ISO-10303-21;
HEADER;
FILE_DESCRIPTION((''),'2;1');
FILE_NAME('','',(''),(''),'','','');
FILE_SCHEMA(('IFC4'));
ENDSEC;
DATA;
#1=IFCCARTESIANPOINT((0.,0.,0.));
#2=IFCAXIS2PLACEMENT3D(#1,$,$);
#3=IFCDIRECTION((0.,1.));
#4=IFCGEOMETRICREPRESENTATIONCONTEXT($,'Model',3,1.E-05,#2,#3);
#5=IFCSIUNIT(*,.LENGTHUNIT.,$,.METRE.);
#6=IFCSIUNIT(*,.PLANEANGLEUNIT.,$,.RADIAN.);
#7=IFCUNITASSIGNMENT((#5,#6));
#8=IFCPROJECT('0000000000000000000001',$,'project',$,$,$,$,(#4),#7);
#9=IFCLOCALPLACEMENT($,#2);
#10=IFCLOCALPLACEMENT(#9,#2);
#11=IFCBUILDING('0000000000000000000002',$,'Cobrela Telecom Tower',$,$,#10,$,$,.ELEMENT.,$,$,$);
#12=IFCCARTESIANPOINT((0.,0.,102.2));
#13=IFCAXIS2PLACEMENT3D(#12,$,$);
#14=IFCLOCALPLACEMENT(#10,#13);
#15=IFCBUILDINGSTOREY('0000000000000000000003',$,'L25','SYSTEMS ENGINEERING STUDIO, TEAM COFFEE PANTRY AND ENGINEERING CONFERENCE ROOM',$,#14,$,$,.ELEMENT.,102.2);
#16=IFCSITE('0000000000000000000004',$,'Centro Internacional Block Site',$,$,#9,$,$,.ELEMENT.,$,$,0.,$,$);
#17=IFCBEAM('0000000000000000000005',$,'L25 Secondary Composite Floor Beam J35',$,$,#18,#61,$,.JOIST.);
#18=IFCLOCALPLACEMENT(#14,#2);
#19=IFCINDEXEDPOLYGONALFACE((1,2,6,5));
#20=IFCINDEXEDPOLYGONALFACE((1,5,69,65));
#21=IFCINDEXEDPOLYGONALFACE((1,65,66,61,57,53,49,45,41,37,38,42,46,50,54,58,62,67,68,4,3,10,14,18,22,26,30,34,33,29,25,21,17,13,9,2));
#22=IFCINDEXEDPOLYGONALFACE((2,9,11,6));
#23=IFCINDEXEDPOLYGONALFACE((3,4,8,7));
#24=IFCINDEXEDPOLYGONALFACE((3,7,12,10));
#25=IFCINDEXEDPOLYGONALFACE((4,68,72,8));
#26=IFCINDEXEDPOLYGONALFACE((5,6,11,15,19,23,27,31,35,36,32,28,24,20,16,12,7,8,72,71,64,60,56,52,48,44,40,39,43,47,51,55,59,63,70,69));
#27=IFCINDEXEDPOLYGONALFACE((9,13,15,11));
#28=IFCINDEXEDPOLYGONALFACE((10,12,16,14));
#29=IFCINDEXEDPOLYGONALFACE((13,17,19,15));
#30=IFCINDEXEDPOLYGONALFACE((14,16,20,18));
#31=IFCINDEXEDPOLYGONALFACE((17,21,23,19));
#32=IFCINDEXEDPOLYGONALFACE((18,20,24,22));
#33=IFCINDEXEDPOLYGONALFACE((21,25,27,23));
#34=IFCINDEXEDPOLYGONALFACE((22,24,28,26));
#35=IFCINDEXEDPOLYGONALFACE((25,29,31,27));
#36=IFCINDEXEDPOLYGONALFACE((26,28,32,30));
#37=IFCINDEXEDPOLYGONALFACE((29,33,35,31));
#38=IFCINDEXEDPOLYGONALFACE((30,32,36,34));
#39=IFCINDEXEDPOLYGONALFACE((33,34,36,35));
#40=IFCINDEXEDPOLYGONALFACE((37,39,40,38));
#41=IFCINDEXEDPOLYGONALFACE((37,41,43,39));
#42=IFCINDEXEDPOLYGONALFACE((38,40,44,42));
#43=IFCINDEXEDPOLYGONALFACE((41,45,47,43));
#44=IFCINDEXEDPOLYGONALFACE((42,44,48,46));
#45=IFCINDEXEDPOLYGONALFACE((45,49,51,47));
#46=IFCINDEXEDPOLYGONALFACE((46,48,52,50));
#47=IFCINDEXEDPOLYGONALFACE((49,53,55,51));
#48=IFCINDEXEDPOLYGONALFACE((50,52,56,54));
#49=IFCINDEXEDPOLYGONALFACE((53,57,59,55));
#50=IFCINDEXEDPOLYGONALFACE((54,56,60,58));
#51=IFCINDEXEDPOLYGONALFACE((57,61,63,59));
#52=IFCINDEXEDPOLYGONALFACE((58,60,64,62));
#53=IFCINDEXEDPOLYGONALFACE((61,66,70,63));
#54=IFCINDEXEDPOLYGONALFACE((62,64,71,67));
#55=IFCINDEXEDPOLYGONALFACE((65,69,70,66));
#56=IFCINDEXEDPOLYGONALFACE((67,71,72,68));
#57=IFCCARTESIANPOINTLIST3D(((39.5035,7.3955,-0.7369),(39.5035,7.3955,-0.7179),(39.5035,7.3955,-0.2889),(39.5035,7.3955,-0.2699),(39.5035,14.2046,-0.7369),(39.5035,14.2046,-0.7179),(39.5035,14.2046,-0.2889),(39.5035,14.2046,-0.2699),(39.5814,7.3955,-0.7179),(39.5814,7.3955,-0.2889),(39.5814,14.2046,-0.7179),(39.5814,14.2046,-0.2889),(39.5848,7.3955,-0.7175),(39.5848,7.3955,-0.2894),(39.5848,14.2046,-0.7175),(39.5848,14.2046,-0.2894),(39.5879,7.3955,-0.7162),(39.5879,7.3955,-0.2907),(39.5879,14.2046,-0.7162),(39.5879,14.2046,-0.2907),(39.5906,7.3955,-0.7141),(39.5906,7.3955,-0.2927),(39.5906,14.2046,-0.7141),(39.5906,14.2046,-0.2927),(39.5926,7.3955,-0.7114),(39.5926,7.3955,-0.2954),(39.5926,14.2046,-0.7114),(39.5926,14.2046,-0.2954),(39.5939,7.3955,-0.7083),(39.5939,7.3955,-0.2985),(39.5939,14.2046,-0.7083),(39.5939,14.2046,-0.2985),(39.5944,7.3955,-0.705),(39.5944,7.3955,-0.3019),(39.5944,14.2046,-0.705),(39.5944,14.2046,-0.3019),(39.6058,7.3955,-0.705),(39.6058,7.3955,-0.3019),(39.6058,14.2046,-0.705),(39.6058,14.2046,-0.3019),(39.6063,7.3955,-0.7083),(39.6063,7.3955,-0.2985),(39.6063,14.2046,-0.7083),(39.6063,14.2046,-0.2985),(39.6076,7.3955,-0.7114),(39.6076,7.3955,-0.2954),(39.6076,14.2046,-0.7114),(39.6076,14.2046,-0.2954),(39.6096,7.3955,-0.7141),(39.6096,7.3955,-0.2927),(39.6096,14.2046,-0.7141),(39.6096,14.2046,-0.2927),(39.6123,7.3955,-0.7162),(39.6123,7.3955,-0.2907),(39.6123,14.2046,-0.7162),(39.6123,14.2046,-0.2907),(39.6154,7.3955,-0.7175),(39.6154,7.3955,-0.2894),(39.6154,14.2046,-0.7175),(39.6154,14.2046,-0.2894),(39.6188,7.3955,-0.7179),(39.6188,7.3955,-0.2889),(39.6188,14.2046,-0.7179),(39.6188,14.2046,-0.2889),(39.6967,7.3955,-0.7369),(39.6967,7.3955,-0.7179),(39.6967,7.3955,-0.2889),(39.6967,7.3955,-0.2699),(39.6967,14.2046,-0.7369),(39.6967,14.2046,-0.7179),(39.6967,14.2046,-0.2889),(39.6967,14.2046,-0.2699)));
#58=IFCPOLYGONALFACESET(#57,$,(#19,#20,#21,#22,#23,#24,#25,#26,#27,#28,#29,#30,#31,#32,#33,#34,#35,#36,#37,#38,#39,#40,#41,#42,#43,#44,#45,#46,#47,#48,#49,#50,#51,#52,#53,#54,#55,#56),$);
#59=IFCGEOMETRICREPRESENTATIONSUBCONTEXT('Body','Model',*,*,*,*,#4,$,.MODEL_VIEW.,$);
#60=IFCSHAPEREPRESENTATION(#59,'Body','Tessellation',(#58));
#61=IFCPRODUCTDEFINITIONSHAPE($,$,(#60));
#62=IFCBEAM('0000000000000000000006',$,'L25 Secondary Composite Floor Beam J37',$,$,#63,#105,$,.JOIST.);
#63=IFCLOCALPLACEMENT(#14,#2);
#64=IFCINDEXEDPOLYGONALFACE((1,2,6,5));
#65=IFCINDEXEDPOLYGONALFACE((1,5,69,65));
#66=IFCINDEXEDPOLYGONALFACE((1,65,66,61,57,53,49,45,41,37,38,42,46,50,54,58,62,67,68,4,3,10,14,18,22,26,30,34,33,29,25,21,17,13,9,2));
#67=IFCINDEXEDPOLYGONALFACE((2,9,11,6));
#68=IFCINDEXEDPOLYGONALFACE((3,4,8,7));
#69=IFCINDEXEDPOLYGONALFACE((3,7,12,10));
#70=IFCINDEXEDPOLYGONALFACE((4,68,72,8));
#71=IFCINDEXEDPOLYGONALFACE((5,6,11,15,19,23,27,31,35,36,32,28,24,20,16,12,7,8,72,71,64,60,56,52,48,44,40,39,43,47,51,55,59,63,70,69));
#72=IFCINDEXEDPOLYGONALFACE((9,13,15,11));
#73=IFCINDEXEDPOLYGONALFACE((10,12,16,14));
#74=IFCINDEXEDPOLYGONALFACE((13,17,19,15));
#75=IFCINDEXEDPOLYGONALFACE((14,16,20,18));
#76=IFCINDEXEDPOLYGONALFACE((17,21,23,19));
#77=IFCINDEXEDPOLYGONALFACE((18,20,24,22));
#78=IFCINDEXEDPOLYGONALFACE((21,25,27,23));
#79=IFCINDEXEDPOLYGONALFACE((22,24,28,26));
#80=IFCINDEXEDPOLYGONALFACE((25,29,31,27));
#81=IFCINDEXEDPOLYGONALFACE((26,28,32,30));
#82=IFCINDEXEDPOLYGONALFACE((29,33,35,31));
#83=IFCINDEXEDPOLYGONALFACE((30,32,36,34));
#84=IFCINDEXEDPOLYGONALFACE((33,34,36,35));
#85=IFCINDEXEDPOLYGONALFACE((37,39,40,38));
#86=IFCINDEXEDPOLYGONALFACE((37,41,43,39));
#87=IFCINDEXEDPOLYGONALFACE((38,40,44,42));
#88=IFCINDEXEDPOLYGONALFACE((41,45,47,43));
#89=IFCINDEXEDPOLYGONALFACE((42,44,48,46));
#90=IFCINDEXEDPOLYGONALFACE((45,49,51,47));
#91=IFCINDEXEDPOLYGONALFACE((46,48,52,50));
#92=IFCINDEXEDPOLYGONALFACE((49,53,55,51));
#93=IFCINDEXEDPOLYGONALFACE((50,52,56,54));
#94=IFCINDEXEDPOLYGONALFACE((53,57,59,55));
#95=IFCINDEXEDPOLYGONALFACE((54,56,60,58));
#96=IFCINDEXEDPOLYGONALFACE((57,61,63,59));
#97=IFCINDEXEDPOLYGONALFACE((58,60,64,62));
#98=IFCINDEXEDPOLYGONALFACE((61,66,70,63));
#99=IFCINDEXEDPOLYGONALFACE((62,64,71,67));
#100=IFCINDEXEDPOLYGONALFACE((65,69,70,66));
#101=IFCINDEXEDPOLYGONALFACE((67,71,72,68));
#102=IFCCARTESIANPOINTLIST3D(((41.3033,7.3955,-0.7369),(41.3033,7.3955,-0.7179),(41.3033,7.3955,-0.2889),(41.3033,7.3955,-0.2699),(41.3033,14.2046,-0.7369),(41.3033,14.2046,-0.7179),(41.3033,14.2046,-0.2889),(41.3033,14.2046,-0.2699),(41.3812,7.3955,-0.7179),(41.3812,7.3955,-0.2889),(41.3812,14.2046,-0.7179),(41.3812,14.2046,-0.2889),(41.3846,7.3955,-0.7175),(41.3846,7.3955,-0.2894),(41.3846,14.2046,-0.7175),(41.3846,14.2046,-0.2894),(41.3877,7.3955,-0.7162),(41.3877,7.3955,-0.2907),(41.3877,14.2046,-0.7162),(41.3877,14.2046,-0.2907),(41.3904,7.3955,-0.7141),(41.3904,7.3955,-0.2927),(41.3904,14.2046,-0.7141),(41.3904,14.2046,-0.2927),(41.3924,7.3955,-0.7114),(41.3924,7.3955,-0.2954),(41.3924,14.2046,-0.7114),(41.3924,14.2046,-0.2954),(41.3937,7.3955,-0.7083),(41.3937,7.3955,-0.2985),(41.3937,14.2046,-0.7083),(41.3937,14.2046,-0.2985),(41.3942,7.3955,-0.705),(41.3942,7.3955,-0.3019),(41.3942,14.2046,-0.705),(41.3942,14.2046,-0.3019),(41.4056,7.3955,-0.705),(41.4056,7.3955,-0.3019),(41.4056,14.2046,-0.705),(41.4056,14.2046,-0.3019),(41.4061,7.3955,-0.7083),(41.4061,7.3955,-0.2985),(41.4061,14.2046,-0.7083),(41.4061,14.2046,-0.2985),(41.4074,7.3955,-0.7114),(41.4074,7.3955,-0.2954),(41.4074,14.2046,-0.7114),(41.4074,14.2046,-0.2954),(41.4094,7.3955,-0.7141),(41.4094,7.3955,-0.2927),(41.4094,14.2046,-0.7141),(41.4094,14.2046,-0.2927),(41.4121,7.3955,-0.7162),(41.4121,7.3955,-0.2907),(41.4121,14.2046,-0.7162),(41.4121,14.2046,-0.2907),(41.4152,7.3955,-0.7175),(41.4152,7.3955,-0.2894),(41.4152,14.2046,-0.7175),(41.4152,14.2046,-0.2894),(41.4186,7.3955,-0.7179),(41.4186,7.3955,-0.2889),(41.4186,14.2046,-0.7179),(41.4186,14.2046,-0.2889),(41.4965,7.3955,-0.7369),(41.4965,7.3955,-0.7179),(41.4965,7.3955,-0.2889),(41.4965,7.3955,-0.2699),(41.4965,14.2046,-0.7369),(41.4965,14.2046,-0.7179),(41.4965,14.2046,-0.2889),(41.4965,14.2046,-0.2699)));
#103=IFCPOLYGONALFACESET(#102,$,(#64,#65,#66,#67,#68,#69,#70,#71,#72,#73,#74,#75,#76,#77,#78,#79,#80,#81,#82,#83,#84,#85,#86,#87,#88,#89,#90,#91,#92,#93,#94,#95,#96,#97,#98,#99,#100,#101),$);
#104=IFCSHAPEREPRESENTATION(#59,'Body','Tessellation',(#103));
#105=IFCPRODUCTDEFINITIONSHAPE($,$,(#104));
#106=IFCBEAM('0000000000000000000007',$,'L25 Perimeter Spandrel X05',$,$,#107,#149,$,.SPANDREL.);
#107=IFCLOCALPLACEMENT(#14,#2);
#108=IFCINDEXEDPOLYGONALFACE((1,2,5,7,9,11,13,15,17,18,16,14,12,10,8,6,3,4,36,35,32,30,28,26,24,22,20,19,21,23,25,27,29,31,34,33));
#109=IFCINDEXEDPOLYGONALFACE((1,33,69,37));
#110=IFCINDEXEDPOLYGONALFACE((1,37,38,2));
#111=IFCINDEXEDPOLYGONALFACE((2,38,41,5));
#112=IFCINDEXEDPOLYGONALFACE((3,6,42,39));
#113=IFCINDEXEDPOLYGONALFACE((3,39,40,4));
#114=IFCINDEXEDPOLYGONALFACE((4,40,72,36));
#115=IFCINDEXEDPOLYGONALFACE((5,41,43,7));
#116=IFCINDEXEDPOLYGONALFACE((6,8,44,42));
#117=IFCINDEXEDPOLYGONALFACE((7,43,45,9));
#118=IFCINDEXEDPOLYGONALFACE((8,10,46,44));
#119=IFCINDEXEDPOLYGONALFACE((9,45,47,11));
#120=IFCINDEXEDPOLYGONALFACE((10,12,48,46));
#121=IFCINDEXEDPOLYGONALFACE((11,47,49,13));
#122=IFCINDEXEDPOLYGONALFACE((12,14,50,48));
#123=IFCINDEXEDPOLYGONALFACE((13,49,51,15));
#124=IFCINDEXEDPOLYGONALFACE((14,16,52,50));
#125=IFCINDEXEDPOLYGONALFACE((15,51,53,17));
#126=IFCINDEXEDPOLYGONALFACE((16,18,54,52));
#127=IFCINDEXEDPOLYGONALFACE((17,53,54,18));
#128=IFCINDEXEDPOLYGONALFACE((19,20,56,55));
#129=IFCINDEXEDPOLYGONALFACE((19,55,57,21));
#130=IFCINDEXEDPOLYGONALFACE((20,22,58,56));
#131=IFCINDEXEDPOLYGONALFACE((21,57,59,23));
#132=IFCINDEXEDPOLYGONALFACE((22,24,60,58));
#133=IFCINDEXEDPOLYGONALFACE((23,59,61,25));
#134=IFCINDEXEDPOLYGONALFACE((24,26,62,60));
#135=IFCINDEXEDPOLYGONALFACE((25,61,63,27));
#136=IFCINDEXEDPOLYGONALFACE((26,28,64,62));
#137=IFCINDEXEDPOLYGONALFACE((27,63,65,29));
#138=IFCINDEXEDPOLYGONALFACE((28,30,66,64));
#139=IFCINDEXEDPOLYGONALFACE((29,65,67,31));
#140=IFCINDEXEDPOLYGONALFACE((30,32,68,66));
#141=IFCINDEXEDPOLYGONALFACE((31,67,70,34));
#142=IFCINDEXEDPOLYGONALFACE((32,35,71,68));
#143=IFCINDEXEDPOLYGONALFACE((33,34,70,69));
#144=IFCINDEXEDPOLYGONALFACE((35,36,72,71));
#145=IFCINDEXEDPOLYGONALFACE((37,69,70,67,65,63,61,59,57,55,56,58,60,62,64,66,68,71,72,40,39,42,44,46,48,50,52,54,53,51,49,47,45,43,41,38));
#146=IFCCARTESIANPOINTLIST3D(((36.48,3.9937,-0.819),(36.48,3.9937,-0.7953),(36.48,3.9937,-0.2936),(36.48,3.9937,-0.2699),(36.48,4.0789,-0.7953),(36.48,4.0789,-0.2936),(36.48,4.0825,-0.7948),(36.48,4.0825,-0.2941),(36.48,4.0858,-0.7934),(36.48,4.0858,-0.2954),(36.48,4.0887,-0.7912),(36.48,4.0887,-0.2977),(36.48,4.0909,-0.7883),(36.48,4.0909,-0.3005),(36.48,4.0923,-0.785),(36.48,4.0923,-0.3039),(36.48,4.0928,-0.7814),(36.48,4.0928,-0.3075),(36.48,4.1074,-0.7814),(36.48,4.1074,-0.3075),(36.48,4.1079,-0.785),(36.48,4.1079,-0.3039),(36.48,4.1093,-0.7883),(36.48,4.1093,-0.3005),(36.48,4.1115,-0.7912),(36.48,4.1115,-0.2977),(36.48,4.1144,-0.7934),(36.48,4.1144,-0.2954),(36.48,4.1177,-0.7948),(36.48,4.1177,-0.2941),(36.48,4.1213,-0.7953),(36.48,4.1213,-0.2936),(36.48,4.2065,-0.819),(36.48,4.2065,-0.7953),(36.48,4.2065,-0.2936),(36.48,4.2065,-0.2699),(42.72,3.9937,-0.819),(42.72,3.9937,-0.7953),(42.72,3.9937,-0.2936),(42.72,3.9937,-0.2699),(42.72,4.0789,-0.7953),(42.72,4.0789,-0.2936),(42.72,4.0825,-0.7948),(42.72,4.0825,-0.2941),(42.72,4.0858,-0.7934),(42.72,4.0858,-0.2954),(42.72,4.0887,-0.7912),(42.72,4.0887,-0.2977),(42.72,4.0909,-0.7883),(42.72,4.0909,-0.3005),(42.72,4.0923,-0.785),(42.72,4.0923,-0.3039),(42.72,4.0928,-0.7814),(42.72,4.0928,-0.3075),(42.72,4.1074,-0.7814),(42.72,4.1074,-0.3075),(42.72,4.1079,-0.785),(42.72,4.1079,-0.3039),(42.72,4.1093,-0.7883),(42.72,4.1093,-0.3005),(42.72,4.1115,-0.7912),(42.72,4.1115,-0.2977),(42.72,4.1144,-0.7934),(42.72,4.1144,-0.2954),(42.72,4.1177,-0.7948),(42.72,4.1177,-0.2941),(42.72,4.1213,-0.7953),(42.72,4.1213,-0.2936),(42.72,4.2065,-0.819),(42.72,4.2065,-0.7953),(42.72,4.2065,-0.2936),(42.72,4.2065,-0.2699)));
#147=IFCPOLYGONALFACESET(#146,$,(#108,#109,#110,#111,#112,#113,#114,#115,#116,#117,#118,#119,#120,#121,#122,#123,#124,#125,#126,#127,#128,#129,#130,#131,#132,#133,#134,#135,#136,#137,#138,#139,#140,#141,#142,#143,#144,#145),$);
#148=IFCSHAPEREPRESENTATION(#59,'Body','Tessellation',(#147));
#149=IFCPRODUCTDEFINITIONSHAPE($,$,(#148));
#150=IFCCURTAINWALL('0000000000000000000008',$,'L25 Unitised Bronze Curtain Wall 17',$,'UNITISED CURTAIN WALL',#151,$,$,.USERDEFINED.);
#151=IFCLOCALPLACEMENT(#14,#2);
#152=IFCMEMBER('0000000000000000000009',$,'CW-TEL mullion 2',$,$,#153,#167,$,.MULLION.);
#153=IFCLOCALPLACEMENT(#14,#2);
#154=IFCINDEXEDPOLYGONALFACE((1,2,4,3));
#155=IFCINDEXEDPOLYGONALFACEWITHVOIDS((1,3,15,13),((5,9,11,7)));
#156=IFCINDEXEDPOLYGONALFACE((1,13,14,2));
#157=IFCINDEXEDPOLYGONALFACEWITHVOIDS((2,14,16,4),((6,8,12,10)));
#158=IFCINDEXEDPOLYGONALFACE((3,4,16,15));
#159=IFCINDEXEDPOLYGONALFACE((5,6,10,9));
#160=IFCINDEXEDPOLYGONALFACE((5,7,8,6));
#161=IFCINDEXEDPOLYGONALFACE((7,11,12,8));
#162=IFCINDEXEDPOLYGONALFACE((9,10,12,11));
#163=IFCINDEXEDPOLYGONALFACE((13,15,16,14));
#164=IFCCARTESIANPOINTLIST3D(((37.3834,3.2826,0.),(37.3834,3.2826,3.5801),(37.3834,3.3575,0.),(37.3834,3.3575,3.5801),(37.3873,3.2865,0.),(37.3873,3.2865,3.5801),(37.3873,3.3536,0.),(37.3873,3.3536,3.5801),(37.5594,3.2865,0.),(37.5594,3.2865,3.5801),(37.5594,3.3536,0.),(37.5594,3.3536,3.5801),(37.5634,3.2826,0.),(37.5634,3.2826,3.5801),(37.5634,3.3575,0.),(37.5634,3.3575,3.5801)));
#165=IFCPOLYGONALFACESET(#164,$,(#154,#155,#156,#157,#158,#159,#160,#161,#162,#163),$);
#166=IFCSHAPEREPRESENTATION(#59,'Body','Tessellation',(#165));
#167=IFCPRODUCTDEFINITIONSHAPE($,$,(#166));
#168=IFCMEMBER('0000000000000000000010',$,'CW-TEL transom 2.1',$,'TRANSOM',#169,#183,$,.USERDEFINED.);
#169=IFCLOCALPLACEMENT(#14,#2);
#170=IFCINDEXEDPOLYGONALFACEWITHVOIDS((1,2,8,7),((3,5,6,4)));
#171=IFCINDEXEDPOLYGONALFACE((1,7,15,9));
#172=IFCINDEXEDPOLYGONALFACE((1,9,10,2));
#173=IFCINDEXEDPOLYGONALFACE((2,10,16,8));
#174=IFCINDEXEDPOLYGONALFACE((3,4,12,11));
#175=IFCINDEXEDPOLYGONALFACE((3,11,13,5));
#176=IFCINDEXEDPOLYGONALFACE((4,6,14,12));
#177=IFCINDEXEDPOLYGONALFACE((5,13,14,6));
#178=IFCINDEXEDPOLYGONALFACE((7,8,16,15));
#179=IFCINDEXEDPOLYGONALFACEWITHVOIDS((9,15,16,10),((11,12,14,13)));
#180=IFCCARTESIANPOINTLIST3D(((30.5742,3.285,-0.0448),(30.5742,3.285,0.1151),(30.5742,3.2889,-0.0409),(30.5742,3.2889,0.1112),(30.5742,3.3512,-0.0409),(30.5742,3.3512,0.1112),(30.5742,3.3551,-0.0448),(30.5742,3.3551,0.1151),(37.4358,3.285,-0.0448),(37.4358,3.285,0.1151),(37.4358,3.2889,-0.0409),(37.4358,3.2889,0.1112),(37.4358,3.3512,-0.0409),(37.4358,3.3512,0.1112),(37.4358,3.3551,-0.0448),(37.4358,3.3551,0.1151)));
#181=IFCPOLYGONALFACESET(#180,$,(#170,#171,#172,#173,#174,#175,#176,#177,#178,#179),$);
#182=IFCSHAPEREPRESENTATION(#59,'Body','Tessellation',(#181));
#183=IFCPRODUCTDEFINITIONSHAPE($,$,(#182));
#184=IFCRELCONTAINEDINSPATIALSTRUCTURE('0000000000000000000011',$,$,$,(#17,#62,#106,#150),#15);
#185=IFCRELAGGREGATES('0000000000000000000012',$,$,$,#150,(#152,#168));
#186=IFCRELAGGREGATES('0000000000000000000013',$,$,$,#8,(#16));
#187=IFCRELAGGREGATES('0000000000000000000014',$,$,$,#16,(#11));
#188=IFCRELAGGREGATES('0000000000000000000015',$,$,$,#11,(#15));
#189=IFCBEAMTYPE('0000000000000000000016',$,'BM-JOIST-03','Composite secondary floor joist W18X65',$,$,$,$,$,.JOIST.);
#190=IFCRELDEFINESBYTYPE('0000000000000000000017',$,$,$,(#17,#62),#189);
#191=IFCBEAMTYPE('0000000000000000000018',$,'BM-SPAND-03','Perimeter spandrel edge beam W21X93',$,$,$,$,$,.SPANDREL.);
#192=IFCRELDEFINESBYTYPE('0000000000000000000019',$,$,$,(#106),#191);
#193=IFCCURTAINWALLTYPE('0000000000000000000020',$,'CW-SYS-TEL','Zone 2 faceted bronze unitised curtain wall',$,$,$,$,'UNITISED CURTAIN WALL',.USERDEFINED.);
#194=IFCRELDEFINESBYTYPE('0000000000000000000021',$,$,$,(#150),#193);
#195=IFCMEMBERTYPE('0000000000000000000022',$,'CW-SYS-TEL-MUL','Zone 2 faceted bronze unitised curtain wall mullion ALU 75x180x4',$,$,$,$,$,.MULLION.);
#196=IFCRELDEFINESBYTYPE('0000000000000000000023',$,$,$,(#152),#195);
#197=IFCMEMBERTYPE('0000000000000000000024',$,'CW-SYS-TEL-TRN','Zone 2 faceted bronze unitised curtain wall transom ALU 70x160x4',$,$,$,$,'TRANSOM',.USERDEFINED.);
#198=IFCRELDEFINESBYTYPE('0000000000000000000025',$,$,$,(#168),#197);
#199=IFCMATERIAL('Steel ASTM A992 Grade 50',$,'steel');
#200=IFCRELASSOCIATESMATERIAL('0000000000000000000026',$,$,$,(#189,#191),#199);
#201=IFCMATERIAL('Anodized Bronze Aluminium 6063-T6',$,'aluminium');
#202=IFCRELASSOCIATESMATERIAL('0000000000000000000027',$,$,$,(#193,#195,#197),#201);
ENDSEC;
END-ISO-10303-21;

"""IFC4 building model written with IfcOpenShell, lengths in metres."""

from ifc_helpers import new_model, si_unit, direction, frame, origin, origin_2d, place, context, subcontext, project, spatial, hollow_rectangle, i_section, extrude, material, material_profile, profile_set, type_object, element, aggregate, save


model = new_model("IFC4")

# Units and contexts
model_context = context("Model", 3, precision=1e-05, world=origin(), true_north=direction((0.0, 1.0)))
body_context = subcontext(model_context, "Body", "Model", "MODEL_VIEW")
ifc_project = project(units=[si_unit("LENGTHUNIT", "METRE"), si_unit("PLANEANGLEUNIT", "RADIAN")], contexts=[model_context])

# Site, building, storey
site_placement = place(None, origin())
site = spatial("IfcSite", under=ifc_project, at=site_placement, Name="Centro Internacional Block Site", CompositionType="ELEMENT", RefElevation=0.0)
building_placement = place(site_placement, origin())
building = spatial("IfcBuilding", under=site, at=building_placement, Name="Cobrela Telecom Tower", CompositionType="ELEMENT")
storey_placement = place(building_placement, frame((0.0, 0.0, 102.2)))
storey = spatial("IfcBuildingStorey", under=building, at=storey_placement, Name="L25", Description="SYSTEMS ENGINEERING STUDIO, TEAM COFFEE PANTRY AND ENGINEERING CONFERENCE ROOM", CompositionType="ELEMENT", Elevation=102.2)

# Shared definitions
ifc_material_1 = material(Name="Steel ASTM A992 Grade 50", Category="steel")

# Beams
ifc_material_profile_1 = material_profile(ifc_material_1, i_section(OverallWidth=0.1931, OverallDepth=0.467, WebThickness=0.0115, FlangeThickness=0.019, FilletRadius=0.0129, at=origin_2d()), Name="W18X65")
ifc_profile_set_1 = profile_set([ifc_material_profile_1], Name="Steel ASTM A992 Grade 50")
beam_type_1 = type_object("IfcBeamType", Name="BM-JOIST-03", Description="Composite secondary floor joist W18X65", PredefinedType="JOIST", material=ifc_profile_set_1)
for number, where, z_axis, x_axis, name in (
    (1, (39.6001, 7.3955, -0.5034), (0.0, 1.0, 0.0), (-1.0, 0.0, 0.0), "L25 Secondary Composite Floor Beam J35"),
    (2, (41.3999, 7.3955, -0.5034), (0.0, 1.0, 0.0), (-1.0, 0.0, 0.0), "L25 Secondary Composite Floor Beam J37"),
):
    element("IfcBeam", number, at=place(storey_placement, frame(where, z_axis=z_axis, x_axis=x_axis)), inside=storey, type_object=beam_type_1, Name=name, PredefinedType="JOIST", context=body_context, shape_type="SweptSolid", body=[
        extrude(i_section(OverallWidth=0.1931, OverallDepth=0.467, WebThickness=0.0115, FlangeThickness=0.019, FilletRadius=0.0129, at=origin_2d()), origin(), (0.0, 0.0, 1.0), 6.8091),
    ])
ifc_material_profile_2 = material_profile(ifc_material_1, i_section(OverallWidth=0.2129, OverallDepth=0.5491, WebThickness=0.0146, FlangeThickness=0.0237, FilletRadius=0.0139, at=origin_2d()), Name="W21X93")
ifc_profile_set_2 = profile_set([ifc_material_profile_2], Name="Steel ASTM A992 Grade 50")
beam_type_2 = type_object("IfcBeamType", Name="BM-SPAND-03", Description="Perimeter spandrel edge beam W21X93", PredefinedType="SPANDREL", material=ifc_profile_set_2)
beam_1_placement = place(storey_placement, frame((36.48, 4.1001, -0.5444), z_axis=(1.0, 0.0, 0.0), x_axis=(0.0, 1.0, 0.0)))
element("IfcBeam", 3, at=beam_1_placement, inside=storey, type_object=beam_type_2, Name="L25 Perimeter Spandrel X05", PredefinedType="SPANDREL", context=body_context, shape_type="SweptSolid", body=[
    extrude(i_section(OverallWidth=0.2129, OverallDepth=0.5491, WebThickness=0.0146, FlangeThickness=0.0237, FilletRadius=0.0139, at=origin_2d()), origin(), (0.0, 0.0, 1.0), 6.24),
])

# Curtain wall, members
ifc_material_2 = material(Name="Anodized Bronze Aluminium 6063-T6", Category="aluminium")
curtain_wall_type = type_object("IfcCurtainWallType", Name="CW-SYS-TEL", Description="Zone 2 faceted bronze unitised curtain wall", ElementType="UNITISED CURTAIN WALL", PredefinedType="USERDEFINED", material=ifc_material_2)
curtain_wall_placement = place(storey_placement, origin())
curtain_wall = element("IfcCurtainWall", 4, at=curtain_wall_placement, inside=storey, type_object=curtain_wall_type, Name="L25 Unitised Bronze Curtain Wall 17", ObjectType="UNITISED CURTAIN WALL", PredefinedType="USERDEFINED")
ifc_material_profile_3 = material_profile(ifc_material_2, hollow_rectangle(XDim=0.075, YDim=0.1799, WallThickness=0.0039, at=origin_2d()), Name="ALU 75x180x4")
ifc_profile_set_3 = profile_set([ifc_material_profile_3], Name="Anodized Bronze Aluminium 6063-T6")
member_type_1 = type_object("IfcMemberType", Name="CW-SYS-TEL-MUL", Description="Zone 2 faceted bronze unitised curtain wall mullion ALU 75x180x4", PredefinedType="MULLION", material=ifc_profile_set_3)
member_1_placement = place(storey_placement, frame((37.4734, 3.3201, 0.0), z_axis=(0.0, 0.0, 1.0), x_axis=(0.0, -1.0, 0.0)))
member_1 = element("IfcMember", 5, at=member_1_placement, type_object=member_type_1, Name="CW-TEL mullion 2", PredefinedType="MULLION", context=body_context, shape_type="SweptSolid", body=[
    extrude(hollow_rectangle(XDim=0.075, YDim=0.1799, WallThickness=0.0039, at=origin_2d()), origin(), (0.0, 0.0, 1.0), 3.5801),
])
ifc_material_profile_4 = material_profile(ifc_material_2, hollow_rectangle(XDim=0.0701, YDim=0.1599, WallThickness=0.0039, at=origin_2d()), Name="ALU 70x160x4")
ifc_profile_set_4 = profile_set([ifc_material_profile_4], Name="Anodized Bronze Aluminium 6063-T6")
member_type_2 = type_object("IfcMemberType", Name="CW-SYS-TEL-TRN", Description="Zone 2 faceted bronze unitised curtain wall transom ALU 70x160x4", ElementType="TRANSOM", PredefinedType="USERDEFINED", material=ifc_profile_set_4)
member_2_placement = place(storey_placement, frame((37.4358, 3.3201, 0.0352), z_axis=(-1.0, 0.0, 0.0), x_axis=(0.0, -1.0, 0.0)))
member_2 = element("IfcMember", 6, at=member_2_placement, type_object=member_type_2, Name="CW-TEL transom 2.1", ObjectType="TRANSOM", PredefinedType="USERDEFINED", context=body_context, shape_type="SweptSolid", body=[
    extrude(hollow_rectangle(XDim=0.0701, YDim=0.1599, WallThickness=0.0039, at=origin_2d()), origin(), (0.0, 0.0, 1.0), 6.8616),
])
aggregate(curtain_wall, [member_1, member_2])

save(model, "model.ifc")
